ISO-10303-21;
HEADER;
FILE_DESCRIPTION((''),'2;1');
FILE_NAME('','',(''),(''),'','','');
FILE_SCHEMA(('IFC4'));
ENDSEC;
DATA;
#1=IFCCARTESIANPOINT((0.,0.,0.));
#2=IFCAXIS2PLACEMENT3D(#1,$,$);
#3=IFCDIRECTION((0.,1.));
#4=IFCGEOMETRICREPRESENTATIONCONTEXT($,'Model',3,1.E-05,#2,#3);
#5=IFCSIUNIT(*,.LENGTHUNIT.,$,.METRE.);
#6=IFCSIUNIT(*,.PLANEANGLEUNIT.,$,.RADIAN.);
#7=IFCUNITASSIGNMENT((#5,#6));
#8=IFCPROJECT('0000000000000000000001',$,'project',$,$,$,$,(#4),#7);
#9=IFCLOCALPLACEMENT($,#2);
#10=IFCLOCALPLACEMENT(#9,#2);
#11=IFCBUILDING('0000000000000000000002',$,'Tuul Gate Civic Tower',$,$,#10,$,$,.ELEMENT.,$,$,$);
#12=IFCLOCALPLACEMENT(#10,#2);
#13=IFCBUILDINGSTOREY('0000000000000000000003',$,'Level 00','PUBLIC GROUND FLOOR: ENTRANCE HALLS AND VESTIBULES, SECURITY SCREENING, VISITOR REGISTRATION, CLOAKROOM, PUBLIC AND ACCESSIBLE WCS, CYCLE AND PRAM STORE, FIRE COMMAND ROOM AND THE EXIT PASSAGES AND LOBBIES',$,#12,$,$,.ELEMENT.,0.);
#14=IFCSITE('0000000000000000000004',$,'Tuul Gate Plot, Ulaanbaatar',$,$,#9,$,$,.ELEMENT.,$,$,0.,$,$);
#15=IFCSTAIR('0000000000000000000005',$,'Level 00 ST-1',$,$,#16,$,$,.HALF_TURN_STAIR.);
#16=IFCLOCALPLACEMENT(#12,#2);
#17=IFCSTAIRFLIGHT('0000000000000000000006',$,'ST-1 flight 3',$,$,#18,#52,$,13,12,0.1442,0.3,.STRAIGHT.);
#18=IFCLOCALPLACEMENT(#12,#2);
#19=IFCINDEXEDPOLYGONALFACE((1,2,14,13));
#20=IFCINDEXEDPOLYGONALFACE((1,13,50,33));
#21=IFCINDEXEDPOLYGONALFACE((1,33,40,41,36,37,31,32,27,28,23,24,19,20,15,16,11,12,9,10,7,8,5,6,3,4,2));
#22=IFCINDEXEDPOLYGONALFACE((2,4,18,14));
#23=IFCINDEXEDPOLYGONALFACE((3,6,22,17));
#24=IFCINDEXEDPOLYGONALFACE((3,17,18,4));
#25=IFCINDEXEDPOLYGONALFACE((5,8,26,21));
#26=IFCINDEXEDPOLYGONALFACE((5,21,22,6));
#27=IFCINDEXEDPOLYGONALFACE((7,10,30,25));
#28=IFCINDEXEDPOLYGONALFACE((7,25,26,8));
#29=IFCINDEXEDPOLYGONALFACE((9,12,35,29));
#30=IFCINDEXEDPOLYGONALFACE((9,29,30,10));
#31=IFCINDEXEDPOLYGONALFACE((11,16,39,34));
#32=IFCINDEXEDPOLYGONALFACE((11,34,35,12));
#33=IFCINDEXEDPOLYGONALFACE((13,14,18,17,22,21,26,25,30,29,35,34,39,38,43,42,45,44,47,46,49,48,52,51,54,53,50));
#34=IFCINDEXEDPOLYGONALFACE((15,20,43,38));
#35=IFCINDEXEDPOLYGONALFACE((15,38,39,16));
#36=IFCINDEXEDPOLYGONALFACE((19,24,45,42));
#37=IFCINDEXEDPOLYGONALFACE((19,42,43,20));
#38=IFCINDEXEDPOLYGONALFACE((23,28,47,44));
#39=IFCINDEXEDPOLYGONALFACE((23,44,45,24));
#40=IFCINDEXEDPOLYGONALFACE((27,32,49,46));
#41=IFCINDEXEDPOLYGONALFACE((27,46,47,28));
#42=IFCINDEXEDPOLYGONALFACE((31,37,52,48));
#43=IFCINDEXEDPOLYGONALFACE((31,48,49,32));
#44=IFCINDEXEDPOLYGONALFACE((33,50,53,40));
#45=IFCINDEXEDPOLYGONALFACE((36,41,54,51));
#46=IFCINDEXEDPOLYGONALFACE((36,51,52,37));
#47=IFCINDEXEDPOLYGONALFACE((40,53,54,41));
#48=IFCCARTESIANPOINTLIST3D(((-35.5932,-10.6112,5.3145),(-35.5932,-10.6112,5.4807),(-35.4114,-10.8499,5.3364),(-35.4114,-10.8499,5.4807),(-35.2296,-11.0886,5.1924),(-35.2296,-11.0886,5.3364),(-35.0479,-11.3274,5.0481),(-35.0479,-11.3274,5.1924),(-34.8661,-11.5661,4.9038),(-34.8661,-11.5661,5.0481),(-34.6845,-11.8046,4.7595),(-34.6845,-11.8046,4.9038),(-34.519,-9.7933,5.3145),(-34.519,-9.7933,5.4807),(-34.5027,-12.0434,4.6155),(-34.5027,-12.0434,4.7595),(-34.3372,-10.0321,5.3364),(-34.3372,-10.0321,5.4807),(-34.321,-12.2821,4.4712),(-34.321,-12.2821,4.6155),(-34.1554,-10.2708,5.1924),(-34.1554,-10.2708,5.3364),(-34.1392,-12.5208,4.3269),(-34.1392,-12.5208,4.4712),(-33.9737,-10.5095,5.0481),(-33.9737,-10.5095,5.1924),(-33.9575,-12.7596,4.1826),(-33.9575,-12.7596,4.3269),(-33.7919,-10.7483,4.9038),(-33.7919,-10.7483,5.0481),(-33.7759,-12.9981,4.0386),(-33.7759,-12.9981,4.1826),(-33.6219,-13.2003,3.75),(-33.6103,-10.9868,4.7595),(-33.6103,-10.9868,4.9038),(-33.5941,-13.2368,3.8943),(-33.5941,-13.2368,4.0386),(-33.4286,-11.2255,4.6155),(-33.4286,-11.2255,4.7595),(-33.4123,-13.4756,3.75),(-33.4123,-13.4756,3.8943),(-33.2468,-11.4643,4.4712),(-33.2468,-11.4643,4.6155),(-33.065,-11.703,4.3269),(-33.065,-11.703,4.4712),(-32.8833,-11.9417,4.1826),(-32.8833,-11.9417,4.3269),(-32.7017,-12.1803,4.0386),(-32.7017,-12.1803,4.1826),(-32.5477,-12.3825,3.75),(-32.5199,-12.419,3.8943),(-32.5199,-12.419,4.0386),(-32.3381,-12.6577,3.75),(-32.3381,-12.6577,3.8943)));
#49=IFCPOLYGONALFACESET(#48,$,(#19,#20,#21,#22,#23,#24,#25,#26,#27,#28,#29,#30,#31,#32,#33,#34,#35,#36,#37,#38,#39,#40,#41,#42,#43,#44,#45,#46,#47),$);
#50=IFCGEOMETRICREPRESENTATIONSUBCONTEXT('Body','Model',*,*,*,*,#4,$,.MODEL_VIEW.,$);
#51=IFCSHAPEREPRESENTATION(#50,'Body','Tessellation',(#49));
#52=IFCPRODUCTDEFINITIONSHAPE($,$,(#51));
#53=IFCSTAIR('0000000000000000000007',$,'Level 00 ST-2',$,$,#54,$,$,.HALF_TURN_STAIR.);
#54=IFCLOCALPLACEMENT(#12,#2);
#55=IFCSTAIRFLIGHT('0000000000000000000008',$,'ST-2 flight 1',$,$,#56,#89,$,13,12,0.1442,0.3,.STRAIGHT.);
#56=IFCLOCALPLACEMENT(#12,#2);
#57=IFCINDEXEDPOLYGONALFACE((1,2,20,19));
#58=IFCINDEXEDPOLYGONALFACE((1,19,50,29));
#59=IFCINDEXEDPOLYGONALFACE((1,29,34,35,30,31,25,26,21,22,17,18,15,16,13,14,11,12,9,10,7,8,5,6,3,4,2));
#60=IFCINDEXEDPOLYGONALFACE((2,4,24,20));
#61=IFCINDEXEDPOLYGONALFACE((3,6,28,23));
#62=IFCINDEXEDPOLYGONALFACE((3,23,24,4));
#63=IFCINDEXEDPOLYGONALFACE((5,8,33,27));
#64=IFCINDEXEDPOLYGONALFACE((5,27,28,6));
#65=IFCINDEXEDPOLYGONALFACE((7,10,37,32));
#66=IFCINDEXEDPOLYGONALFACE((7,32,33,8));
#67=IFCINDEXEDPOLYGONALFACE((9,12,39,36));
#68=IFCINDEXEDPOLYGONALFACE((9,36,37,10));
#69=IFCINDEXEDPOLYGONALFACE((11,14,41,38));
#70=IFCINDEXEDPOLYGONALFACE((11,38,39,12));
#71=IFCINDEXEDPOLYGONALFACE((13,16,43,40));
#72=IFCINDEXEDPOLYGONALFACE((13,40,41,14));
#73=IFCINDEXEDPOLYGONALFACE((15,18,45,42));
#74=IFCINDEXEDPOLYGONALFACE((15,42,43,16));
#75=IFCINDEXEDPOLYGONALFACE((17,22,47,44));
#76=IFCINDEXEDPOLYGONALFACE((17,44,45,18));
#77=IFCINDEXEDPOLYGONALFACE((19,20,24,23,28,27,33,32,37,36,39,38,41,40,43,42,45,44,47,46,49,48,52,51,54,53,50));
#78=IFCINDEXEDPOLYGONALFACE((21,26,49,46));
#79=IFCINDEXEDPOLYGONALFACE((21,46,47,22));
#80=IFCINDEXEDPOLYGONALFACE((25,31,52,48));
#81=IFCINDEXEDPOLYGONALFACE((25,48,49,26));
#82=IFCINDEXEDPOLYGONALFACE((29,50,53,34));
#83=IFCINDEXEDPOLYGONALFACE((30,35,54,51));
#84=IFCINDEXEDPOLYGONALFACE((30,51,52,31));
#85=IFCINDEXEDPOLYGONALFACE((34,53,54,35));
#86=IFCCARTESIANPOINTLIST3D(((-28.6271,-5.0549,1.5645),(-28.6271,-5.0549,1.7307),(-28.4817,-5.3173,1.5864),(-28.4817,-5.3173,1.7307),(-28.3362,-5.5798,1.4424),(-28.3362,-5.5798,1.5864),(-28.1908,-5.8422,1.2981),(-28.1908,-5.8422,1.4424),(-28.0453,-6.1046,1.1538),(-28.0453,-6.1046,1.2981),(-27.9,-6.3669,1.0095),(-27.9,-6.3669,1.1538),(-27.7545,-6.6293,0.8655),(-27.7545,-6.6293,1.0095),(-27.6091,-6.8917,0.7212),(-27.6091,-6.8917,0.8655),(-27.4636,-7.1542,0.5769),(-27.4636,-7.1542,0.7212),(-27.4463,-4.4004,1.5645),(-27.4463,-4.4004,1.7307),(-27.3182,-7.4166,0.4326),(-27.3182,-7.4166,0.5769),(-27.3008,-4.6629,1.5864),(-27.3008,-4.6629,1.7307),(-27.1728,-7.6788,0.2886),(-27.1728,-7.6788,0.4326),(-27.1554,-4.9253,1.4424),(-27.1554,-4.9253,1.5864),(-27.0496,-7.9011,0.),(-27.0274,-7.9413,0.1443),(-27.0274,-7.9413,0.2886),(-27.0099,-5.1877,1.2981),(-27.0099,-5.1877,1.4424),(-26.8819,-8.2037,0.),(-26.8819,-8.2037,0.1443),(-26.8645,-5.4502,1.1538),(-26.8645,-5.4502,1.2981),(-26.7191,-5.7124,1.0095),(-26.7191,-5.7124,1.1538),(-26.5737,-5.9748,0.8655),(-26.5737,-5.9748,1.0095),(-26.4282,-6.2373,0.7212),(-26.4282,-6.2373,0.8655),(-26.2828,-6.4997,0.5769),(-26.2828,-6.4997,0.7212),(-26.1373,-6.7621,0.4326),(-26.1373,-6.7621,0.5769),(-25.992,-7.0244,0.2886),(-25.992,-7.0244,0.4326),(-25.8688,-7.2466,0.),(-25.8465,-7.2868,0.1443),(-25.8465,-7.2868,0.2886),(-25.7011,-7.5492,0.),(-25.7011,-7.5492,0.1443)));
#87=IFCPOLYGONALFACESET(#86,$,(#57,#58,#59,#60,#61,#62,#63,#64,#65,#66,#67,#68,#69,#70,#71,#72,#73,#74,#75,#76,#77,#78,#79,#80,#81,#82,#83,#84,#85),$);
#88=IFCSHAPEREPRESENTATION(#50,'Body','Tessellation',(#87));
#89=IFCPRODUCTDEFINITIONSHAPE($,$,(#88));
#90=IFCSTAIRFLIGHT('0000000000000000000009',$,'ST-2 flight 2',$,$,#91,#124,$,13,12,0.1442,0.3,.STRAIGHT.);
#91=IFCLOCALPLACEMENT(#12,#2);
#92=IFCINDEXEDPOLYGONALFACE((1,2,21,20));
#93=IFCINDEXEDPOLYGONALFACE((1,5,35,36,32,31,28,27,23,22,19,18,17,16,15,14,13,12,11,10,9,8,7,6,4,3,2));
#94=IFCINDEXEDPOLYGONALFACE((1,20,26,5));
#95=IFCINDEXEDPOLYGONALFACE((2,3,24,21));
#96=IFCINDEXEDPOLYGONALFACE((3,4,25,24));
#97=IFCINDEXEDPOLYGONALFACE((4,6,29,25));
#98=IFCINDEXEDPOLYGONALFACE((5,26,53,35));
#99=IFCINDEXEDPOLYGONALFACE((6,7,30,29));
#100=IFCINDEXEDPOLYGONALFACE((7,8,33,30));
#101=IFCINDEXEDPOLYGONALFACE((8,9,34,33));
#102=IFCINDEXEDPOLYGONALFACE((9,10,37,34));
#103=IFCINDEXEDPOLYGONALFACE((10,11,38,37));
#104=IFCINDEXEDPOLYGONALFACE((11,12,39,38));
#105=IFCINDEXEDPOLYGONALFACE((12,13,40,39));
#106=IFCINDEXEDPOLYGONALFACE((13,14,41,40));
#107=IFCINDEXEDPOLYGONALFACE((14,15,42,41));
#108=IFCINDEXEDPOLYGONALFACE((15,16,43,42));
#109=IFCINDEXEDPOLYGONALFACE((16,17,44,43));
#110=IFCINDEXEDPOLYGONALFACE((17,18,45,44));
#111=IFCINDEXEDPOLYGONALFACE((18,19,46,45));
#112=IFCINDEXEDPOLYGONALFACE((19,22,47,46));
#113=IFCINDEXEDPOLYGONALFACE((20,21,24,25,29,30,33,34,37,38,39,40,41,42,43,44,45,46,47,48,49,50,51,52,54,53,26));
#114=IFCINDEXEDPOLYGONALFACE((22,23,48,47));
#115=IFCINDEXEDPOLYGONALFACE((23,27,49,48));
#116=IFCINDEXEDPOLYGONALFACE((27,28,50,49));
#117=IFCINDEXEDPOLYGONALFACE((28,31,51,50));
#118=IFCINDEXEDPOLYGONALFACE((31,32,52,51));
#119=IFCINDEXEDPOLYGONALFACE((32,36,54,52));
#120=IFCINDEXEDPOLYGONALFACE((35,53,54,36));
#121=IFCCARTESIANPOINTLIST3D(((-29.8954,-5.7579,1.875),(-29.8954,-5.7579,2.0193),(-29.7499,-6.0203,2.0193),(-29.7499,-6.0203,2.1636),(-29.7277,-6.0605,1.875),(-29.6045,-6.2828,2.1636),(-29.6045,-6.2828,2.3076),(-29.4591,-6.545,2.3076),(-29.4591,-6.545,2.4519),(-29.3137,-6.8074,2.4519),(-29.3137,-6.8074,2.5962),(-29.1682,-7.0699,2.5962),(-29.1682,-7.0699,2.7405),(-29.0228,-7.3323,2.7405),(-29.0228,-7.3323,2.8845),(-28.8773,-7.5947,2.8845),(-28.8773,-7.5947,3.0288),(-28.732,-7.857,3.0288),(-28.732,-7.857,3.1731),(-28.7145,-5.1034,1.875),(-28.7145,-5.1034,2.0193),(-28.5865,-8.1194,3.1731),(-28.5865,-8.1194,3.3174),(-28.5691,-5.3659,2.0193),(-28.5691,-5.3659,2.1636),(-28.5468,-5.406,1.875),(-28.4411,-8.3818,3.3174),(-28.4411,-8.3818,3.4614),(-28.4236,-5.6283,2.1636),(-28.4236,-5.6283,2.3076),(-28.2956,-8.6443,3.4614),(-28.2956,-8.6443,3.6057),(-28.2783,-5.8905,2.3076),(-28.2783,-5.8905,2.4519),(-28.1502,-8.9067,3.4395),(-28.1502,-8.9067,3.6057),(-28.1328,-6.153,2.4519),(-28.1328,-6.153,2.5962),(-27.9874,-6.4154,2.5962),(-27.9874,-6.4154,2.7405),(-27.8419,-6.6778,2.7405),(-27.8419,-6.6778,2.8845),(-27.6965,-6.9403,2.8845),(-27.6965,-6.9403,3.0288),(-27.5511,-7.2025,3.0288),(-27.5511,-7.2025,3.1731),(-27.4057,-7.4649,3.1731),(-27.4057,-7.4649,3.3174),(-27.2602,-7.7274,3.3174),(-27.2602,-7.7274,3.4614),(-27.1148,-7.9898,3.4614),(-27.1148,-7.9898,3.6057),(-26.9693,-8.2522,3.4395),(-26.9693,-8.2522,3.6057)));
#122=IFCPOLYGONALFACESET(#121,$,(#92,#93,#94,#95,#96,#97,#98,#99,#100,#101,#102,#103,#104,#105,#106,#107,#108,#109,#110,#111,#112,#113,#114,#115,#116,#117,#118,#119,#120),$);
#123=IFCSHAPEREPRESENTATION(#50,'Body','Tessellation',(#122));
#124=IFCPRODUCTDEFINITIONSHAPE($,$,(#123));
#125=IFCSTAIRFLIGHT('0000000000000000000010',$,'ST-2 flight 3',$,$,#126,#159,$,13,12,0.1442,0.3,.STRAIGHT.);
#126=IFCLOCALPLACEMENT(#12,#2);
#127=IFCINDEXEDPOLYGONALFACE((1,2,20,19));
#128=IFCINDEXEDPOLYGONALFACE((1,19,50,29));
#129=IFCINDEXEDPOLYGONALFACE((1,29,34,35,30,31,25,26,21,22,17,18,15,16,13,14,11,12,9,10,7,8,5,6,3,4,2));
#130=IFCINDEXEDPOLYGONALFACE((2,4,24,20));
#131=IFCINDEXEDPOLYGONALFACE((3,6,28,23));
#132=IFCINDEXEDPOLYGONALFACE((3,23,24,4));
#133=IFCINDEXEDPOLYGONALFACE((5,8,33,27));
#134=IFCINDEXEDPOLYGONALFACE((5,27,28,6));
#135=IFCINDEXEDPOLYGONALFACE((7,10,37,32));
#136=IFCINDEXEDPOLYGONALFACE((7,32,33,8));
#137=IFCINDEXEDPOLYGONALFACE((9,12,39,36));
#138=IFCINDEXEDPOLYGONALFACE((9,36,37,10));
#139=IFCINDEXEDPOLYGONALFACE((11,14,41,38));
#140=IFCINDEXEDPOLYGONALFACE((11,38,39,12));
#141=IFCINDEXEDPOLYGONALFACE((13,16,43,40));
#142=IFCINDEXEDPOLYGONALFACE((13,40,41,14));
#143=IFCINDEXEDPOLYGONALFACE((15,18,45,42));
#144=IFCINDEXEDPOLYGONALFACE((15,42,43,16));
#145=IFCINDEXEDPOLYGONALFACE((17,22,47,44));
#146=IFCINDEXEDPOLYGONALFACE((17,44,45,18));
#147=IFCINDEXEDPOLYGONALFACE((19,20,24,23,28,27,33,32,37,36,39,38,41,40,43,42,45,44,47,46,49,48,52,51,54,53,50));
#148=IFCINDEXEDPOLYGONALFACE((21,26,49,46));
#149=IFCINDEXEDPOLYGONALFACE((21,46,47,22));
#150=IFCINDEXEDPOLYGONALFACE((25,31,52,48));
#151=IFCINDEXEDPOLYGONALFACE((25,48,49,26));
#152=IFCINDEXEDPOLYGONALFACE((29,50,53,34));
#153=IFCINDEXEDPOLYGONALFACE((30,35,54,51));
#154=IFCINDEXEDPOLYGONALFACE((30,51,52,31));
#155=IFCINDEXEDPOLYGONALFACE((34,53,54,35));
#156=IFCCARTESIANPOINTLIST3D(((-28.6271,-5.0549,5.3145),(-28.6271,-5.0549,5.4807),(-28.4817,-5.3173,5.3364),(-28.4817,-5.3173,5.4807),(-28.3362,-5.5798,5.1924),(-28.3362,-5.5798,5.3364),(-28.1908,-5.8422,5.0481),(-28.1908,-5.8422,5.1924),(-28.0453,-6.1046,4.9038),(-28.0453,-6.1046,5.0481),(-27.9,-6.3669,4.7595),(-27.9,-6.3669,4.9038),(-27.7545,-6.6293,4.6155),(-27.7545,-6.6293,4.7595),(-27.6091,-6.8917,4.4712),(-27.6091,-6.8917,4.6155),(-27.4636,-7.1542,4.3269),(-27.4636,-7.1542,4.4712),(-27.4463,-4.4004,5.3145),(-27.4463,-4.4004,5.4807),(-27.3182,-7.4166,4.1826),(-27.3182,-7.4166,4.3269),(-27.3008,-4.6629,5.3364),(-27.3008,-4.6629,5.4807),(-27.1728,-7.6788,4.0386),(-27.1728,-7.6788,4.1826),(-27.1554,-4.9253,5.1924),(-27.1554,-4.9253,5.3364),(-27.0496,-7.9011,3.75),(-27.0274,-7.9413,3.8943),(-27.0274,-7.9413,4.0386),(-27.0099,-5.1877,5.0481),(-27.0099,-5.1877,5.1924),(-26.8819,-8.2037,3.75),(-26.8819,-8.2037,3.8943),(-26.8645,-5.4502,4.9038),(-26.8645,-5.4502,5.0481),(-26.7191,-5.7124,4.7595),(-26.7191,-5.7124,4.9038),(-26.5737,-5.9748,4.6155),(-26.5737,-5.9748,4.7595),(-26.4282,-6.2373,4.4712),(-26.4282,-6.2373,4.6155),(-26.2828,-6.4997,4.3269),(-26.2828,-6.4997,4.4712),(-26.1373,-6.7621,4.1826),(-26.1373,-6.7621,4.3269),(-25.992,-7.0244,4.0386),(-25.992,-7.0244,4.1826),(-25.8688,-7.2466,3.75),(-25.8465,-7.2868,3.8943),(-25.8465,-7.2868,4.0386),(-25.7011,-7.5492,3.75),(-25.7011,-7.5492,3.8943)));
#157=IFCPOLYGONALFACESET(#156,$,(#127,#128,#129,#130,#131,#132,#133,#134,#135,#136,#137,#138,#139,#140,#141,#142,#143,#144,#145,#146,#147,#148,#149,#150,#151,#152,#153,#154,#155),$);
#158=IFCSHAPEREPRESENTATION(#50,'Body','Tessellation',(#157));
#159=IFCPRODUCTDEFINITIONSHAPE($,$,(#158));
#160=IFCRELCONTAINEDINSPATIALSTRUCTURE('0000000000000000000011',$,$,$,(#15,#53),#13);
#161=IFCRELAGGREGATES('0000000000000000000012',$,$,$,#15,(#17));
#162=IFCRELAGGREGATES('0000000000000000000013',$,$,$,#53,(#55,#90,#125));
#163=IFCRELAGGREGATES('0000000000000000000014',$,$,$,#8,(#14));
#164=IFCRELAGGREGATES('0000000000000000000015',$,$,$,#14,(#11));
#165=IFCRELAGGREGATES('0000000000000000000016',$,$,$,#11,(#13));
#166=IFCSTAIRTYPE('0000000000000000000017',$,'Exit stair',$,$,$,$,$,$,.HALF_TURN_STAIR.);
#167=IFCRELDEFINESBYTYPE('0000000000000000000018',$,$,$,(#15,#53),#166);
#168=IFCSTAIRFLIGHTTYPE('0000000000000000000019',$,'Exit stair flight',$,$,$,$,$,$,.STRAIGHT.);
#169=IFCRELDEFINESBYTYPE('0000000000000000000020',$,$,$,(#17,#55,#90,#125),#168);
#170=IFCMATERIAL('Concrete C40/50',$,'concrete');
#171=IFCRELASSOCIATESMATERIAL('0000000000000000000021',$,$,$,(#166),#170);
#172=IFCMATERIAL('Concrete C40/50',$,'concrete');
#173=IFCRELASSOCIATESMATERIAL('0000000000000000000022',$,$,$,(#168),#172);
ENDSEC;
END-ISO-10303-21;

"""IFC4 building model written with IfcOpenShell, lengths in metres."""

from ifc_helpers import new_model, si_unit, direction, frame, origin, place, context, subcontext, project, spatial, polyline, outline, extrude, material, type_object, element, aggregate, save


model = new_model("IFC4")

# Units and contexts
model_context = context("Model", 3, precision=1e-05, world=origin(), true_north=direction((0.0, 1.0)))
body_context = subcontext(model_context, "Body", "Model", "MODEL_VIEW")
ifc_project = project(units=[si_unit("LENGTHUNIT", "METRE"), si_unit("PLANEANGLEUNIT", "RADIAN")], contexts=[model_context])

# Site, building, storey
site_placement = place(None, origin())
site = spatial("IfcSite", under=ifc_project, at=site_placement, Name="Tuul Gate Plot, Ulaanbaatar", CompositionType="ELEMENT", RefElevation=0.0)
building_placement = place(site_placement, origin())
building = spatial("IfcBuilding", under=site, at=building_placement, Name="Tuul Gate Civic Tower", CompositionType="ELEMENT")
storey_placement = place(building_placement, origin())
storey = spatial("IfcBuildingStorey", under=building, at=storey_placement, Name="Level 00", Description="PUBLIC GROUND FLOOR: ENTRANCE HALLS AND VESTIBULES, SECURITY SCREENING, VISITOR REGISTRATION, CLOAKROOM, PUBLIC AND ACCESSIBLE WCS, CYCLE AND PRAM STORE, FIRE COMMAND ROOM AND THE EXIT PASSAGES AND LOBBIES", CompositionType="ELEMENT", Elevation=0.0)

# Stairs, stair flights
ifc_material_1 = material(Name="Concrete C40/50", Category="concrete")
stair_type = type_object("IfcStairType", Name="Exit stair", PredefinedType="HALF_TURN_STAIR", material=ifc_material_1)
stair_1_placement = place(storey_placement, origin())
stair_1 = element("IfcStair", 1, at=stair_1_placement, inside=storey, type_object=stair_type, Name="Level 00 ST-1", PredefinedType="HALF_TURN_STAIR")
ifc_material_2 = material(Name="Concrete C40/50", Category="concrete")
stair_flight_type = type_object("IfcStairFlightType", Name="Exit stair flight", PredefinedType="STRAIGHT", material=ifc_material_2)
stair_flight_1_placement = place(storey_placement, frame((-32.8752, -13.0667, 3.75), z_axis=(0.0, 0.0, 1.0), x_axis=(-0.605764, 0.795644, 0.0)))
stair_flight_1 = element("IfcStairFlight", 2, at=stair_flight_1_placement, type_object=stair_flight_type, Name="ST-1 flight 3", NumberOfRisers=13, NumberOfTreads=12, PredefinedType="STRAIGHT", RiserHeight=0.1442, TreadLength=0.3, context=body_context, shape_type="SweptSolid", body=[
    extrude(outline(polyline([(0.0, 0.0), (0.0, 0.1443), (0.3, 0.1443), (0.3, 0.2886), (0.6001, 0.2886), (0.6001, 0.4326), (0.8999, 0.4326), (0.8999, 0.5769), (1.2, 0.5769), (1.2, 0.7212), (1.5, 0.7212), (1.5, 0.8655), (1.8, 0.8655), (1.8, 1.0095), (2.1001, 1.0095), (2.1001, 1.1538), (2.3999, 1.1538), (2.3999, 1.2981), (2.7, 1.2981), (2.7, 1.4424), (3.0, 1.4424), (3.0, 1.5864), (3.3, 1.5864), (3.3, 1.7307), (3.6001, 1.7307), (3.6001, 1.875), (3.6001, 1.5645), (0.3459, 0.0), (0.0, 0.0)])), frame((0.0, 0.675, 0.0), z_axis=(0.0, -1.0, 0.0), x_axis=(1.0, 0.0, 0.0)), (0.0, 0.0, 1.0), 1.3501),
])
aggregate(stair_1, [stair_flight_1])
stair_2_placement = place(storey_placement, origin())
stair_2 = element("IfcStair", 3, at=stair_2_placement, inside=storey, type_object=stair_type, Name="Level 00 ST-2", PredefinedType="HALF_TURN_STAIR")
stair_flight_2_placement = place(storey_placement, frame((-26.2915, -7.8765, 0.0), z_axis=(0.0, 0.0, 1.0), x_axis=(-0.484762, 0.874646, 0.0)))
stair_flight_2 = element("IfcStairFlight", 4, at=stair_flight_2_placement, type_object=stair_flight_type, Name="ST-2 flight 1", NumberOfRisers=13, NumberOfTreads=12, PredefinedType="STRAIGHT", RiserHeight=0.1442, TreadLength=0.3, context=body_context, shape_type="SweptSolid", body=[
    extrude(outline(polyline([(0.0, 0.0), (0.0, 0.1443), (0.3, 0.1443), (0.3, 0.2886), (0.6001, 0.2886), (0.6001, 0.4326), (0.8999, 0.4326), (0.8999, 0.5769), (1.2, 0.5769), (1.2, 0.7212), (1.5, 0.7212), (1.5, 0.8655), (1.8, 0.8655), (1.8, 1.0095), (2.1001, 1.0095), (2.1001, 1.1538), (2.3999, 1.1538), (2.3999, 1.2981), (2.7, 1.2981), (2.7, 1.4424), (3.0, 1.4424), (3.0, 1.5864), (3.3, 1.5864), (3.3, 1.7307), (3.6001, 1.7307), (3.6001, 1.875), (3.6001, 1.5645), (0.3459, 0.0), (0.0, 0.0)])), frame((0.0, 0.675, 0.0), z_axis=(0.0, -1.0, 0.0), x_axis=(1.0, 0.0, 0.0)), (0.0, 0.0, 1.0), 1.3501),
])
stair_flight_3_placement = place(storey_placement, frame((-29.3049, -5.4307, 1.875), z_axis=(0.0, 0.0, 1.0), x_axis=(0.484762, -0.874646, 0.0)))
stair_flight_3 = element("IfcStairFlight", 5, at=stair_flight_3_placement, type_object=stair_flight_type, Name="ST-2 flight 2", NumberOfRisers=13, NumberOfTreads=12, PredefinedType="STRAIGHT", RiserHeight=0.1442, TreadLength=0.3, context=body_context, shape_type="SweptSolid", body=[
    extrude(outline(polyline([(0.0, 0.0), (0.0, 0.1443), (0.3, 0.1443), (0.3, 0.2886), (0.6001, 0.2886), (0.6001, 0.4326), (0.8999, 0.4326), (0.8999, 0.5769), (1.2, 0.5769), (1.2, 0.7212), (1.5, 0.7212), (1.5, 0.8655), (1.8, 0.8655), (1.8, 1.0095), (2.1001, 1.0095), (2.1001, 1.1538), (2.3999, 1.1538), (2.3999, 1.2981), (2.7, 1.2981), (2.7, 1.4424), (3.0, 1.4424), (3.0, 1.5864), (3.3, 1.5864), (3.3, 1.7307), (3.6001, 1.7307), (3.6001, 1.875), (3.6001, 1.5645), (0.3459, 0.0), (0.0, 0.0)])), frame((0.0, 0.675, 0.0), z_axis=(0.0, -1.0, 0.0), x_axis=(1.0, 0.0, 0.0)), (0.0, 0.0, 1.0), 1.3501),
])
stair_flight_4_placement = place(storey_placement, frame((-26.2915, -7.8765, 3.75), z_axis=(0.0, 0.0, 1.0), x_axis=(-0.484762, 0.874646, 0.0)))
stair_flight_4 = element("IfcStairFlight", 6, at=stair_flight_4_placement, type_object=stair_flight_type, Name="ST-2 flight 3", NumberOfRisers=13, NumberOfTreads=12, PredefinedType="STRAIGHT", RiserHeight=0.1442, TreadLength=0.3, context=body_context, shape_type="SweptSolid", body=[
    extrude(outline(polyline([(0.0, 0.0), (0.0, 0.1443), (0.3, 0.1443), (0.3, 0.2886), (0.6001, 0.2886), (0.6001, 0.4326), (0.8999, 0.4326), (0.8999, 0.5769), (1.2, 0.5769), (1.2, 0.7212), (1.5, 0.7212), (1.5, 0.8655), (1.8, 0.8655), (1.8, 1.0095), (2.1001, 1.0095), (2.1001, 1.1538), (2.3999, 1.1538), (2.3999, 1.2981), (2.7, 1.2981), (2.7, 1.4424), (3.0, 1.4424), (3.0, 1.5864), (3.3, 1.5864), (3.3, 1.7307), (3.6001, 1.7307), (3.6001, 1.875), (3.6001, 1.5645), (0.3459, 0.0), (0.0, 0.0)])), frame((0.0, 0.675, 0.0), z_axis=(0.0, -1.0, 0.0), x_axis=(1.0, 0.0, 0.0)), (0.0, 0.0, 1.0), 1.3501),
])
aggregate(stair_2, [stair_flight_2, stair_flight_3, stair_flight_4])

save(model, "model.ifc")
